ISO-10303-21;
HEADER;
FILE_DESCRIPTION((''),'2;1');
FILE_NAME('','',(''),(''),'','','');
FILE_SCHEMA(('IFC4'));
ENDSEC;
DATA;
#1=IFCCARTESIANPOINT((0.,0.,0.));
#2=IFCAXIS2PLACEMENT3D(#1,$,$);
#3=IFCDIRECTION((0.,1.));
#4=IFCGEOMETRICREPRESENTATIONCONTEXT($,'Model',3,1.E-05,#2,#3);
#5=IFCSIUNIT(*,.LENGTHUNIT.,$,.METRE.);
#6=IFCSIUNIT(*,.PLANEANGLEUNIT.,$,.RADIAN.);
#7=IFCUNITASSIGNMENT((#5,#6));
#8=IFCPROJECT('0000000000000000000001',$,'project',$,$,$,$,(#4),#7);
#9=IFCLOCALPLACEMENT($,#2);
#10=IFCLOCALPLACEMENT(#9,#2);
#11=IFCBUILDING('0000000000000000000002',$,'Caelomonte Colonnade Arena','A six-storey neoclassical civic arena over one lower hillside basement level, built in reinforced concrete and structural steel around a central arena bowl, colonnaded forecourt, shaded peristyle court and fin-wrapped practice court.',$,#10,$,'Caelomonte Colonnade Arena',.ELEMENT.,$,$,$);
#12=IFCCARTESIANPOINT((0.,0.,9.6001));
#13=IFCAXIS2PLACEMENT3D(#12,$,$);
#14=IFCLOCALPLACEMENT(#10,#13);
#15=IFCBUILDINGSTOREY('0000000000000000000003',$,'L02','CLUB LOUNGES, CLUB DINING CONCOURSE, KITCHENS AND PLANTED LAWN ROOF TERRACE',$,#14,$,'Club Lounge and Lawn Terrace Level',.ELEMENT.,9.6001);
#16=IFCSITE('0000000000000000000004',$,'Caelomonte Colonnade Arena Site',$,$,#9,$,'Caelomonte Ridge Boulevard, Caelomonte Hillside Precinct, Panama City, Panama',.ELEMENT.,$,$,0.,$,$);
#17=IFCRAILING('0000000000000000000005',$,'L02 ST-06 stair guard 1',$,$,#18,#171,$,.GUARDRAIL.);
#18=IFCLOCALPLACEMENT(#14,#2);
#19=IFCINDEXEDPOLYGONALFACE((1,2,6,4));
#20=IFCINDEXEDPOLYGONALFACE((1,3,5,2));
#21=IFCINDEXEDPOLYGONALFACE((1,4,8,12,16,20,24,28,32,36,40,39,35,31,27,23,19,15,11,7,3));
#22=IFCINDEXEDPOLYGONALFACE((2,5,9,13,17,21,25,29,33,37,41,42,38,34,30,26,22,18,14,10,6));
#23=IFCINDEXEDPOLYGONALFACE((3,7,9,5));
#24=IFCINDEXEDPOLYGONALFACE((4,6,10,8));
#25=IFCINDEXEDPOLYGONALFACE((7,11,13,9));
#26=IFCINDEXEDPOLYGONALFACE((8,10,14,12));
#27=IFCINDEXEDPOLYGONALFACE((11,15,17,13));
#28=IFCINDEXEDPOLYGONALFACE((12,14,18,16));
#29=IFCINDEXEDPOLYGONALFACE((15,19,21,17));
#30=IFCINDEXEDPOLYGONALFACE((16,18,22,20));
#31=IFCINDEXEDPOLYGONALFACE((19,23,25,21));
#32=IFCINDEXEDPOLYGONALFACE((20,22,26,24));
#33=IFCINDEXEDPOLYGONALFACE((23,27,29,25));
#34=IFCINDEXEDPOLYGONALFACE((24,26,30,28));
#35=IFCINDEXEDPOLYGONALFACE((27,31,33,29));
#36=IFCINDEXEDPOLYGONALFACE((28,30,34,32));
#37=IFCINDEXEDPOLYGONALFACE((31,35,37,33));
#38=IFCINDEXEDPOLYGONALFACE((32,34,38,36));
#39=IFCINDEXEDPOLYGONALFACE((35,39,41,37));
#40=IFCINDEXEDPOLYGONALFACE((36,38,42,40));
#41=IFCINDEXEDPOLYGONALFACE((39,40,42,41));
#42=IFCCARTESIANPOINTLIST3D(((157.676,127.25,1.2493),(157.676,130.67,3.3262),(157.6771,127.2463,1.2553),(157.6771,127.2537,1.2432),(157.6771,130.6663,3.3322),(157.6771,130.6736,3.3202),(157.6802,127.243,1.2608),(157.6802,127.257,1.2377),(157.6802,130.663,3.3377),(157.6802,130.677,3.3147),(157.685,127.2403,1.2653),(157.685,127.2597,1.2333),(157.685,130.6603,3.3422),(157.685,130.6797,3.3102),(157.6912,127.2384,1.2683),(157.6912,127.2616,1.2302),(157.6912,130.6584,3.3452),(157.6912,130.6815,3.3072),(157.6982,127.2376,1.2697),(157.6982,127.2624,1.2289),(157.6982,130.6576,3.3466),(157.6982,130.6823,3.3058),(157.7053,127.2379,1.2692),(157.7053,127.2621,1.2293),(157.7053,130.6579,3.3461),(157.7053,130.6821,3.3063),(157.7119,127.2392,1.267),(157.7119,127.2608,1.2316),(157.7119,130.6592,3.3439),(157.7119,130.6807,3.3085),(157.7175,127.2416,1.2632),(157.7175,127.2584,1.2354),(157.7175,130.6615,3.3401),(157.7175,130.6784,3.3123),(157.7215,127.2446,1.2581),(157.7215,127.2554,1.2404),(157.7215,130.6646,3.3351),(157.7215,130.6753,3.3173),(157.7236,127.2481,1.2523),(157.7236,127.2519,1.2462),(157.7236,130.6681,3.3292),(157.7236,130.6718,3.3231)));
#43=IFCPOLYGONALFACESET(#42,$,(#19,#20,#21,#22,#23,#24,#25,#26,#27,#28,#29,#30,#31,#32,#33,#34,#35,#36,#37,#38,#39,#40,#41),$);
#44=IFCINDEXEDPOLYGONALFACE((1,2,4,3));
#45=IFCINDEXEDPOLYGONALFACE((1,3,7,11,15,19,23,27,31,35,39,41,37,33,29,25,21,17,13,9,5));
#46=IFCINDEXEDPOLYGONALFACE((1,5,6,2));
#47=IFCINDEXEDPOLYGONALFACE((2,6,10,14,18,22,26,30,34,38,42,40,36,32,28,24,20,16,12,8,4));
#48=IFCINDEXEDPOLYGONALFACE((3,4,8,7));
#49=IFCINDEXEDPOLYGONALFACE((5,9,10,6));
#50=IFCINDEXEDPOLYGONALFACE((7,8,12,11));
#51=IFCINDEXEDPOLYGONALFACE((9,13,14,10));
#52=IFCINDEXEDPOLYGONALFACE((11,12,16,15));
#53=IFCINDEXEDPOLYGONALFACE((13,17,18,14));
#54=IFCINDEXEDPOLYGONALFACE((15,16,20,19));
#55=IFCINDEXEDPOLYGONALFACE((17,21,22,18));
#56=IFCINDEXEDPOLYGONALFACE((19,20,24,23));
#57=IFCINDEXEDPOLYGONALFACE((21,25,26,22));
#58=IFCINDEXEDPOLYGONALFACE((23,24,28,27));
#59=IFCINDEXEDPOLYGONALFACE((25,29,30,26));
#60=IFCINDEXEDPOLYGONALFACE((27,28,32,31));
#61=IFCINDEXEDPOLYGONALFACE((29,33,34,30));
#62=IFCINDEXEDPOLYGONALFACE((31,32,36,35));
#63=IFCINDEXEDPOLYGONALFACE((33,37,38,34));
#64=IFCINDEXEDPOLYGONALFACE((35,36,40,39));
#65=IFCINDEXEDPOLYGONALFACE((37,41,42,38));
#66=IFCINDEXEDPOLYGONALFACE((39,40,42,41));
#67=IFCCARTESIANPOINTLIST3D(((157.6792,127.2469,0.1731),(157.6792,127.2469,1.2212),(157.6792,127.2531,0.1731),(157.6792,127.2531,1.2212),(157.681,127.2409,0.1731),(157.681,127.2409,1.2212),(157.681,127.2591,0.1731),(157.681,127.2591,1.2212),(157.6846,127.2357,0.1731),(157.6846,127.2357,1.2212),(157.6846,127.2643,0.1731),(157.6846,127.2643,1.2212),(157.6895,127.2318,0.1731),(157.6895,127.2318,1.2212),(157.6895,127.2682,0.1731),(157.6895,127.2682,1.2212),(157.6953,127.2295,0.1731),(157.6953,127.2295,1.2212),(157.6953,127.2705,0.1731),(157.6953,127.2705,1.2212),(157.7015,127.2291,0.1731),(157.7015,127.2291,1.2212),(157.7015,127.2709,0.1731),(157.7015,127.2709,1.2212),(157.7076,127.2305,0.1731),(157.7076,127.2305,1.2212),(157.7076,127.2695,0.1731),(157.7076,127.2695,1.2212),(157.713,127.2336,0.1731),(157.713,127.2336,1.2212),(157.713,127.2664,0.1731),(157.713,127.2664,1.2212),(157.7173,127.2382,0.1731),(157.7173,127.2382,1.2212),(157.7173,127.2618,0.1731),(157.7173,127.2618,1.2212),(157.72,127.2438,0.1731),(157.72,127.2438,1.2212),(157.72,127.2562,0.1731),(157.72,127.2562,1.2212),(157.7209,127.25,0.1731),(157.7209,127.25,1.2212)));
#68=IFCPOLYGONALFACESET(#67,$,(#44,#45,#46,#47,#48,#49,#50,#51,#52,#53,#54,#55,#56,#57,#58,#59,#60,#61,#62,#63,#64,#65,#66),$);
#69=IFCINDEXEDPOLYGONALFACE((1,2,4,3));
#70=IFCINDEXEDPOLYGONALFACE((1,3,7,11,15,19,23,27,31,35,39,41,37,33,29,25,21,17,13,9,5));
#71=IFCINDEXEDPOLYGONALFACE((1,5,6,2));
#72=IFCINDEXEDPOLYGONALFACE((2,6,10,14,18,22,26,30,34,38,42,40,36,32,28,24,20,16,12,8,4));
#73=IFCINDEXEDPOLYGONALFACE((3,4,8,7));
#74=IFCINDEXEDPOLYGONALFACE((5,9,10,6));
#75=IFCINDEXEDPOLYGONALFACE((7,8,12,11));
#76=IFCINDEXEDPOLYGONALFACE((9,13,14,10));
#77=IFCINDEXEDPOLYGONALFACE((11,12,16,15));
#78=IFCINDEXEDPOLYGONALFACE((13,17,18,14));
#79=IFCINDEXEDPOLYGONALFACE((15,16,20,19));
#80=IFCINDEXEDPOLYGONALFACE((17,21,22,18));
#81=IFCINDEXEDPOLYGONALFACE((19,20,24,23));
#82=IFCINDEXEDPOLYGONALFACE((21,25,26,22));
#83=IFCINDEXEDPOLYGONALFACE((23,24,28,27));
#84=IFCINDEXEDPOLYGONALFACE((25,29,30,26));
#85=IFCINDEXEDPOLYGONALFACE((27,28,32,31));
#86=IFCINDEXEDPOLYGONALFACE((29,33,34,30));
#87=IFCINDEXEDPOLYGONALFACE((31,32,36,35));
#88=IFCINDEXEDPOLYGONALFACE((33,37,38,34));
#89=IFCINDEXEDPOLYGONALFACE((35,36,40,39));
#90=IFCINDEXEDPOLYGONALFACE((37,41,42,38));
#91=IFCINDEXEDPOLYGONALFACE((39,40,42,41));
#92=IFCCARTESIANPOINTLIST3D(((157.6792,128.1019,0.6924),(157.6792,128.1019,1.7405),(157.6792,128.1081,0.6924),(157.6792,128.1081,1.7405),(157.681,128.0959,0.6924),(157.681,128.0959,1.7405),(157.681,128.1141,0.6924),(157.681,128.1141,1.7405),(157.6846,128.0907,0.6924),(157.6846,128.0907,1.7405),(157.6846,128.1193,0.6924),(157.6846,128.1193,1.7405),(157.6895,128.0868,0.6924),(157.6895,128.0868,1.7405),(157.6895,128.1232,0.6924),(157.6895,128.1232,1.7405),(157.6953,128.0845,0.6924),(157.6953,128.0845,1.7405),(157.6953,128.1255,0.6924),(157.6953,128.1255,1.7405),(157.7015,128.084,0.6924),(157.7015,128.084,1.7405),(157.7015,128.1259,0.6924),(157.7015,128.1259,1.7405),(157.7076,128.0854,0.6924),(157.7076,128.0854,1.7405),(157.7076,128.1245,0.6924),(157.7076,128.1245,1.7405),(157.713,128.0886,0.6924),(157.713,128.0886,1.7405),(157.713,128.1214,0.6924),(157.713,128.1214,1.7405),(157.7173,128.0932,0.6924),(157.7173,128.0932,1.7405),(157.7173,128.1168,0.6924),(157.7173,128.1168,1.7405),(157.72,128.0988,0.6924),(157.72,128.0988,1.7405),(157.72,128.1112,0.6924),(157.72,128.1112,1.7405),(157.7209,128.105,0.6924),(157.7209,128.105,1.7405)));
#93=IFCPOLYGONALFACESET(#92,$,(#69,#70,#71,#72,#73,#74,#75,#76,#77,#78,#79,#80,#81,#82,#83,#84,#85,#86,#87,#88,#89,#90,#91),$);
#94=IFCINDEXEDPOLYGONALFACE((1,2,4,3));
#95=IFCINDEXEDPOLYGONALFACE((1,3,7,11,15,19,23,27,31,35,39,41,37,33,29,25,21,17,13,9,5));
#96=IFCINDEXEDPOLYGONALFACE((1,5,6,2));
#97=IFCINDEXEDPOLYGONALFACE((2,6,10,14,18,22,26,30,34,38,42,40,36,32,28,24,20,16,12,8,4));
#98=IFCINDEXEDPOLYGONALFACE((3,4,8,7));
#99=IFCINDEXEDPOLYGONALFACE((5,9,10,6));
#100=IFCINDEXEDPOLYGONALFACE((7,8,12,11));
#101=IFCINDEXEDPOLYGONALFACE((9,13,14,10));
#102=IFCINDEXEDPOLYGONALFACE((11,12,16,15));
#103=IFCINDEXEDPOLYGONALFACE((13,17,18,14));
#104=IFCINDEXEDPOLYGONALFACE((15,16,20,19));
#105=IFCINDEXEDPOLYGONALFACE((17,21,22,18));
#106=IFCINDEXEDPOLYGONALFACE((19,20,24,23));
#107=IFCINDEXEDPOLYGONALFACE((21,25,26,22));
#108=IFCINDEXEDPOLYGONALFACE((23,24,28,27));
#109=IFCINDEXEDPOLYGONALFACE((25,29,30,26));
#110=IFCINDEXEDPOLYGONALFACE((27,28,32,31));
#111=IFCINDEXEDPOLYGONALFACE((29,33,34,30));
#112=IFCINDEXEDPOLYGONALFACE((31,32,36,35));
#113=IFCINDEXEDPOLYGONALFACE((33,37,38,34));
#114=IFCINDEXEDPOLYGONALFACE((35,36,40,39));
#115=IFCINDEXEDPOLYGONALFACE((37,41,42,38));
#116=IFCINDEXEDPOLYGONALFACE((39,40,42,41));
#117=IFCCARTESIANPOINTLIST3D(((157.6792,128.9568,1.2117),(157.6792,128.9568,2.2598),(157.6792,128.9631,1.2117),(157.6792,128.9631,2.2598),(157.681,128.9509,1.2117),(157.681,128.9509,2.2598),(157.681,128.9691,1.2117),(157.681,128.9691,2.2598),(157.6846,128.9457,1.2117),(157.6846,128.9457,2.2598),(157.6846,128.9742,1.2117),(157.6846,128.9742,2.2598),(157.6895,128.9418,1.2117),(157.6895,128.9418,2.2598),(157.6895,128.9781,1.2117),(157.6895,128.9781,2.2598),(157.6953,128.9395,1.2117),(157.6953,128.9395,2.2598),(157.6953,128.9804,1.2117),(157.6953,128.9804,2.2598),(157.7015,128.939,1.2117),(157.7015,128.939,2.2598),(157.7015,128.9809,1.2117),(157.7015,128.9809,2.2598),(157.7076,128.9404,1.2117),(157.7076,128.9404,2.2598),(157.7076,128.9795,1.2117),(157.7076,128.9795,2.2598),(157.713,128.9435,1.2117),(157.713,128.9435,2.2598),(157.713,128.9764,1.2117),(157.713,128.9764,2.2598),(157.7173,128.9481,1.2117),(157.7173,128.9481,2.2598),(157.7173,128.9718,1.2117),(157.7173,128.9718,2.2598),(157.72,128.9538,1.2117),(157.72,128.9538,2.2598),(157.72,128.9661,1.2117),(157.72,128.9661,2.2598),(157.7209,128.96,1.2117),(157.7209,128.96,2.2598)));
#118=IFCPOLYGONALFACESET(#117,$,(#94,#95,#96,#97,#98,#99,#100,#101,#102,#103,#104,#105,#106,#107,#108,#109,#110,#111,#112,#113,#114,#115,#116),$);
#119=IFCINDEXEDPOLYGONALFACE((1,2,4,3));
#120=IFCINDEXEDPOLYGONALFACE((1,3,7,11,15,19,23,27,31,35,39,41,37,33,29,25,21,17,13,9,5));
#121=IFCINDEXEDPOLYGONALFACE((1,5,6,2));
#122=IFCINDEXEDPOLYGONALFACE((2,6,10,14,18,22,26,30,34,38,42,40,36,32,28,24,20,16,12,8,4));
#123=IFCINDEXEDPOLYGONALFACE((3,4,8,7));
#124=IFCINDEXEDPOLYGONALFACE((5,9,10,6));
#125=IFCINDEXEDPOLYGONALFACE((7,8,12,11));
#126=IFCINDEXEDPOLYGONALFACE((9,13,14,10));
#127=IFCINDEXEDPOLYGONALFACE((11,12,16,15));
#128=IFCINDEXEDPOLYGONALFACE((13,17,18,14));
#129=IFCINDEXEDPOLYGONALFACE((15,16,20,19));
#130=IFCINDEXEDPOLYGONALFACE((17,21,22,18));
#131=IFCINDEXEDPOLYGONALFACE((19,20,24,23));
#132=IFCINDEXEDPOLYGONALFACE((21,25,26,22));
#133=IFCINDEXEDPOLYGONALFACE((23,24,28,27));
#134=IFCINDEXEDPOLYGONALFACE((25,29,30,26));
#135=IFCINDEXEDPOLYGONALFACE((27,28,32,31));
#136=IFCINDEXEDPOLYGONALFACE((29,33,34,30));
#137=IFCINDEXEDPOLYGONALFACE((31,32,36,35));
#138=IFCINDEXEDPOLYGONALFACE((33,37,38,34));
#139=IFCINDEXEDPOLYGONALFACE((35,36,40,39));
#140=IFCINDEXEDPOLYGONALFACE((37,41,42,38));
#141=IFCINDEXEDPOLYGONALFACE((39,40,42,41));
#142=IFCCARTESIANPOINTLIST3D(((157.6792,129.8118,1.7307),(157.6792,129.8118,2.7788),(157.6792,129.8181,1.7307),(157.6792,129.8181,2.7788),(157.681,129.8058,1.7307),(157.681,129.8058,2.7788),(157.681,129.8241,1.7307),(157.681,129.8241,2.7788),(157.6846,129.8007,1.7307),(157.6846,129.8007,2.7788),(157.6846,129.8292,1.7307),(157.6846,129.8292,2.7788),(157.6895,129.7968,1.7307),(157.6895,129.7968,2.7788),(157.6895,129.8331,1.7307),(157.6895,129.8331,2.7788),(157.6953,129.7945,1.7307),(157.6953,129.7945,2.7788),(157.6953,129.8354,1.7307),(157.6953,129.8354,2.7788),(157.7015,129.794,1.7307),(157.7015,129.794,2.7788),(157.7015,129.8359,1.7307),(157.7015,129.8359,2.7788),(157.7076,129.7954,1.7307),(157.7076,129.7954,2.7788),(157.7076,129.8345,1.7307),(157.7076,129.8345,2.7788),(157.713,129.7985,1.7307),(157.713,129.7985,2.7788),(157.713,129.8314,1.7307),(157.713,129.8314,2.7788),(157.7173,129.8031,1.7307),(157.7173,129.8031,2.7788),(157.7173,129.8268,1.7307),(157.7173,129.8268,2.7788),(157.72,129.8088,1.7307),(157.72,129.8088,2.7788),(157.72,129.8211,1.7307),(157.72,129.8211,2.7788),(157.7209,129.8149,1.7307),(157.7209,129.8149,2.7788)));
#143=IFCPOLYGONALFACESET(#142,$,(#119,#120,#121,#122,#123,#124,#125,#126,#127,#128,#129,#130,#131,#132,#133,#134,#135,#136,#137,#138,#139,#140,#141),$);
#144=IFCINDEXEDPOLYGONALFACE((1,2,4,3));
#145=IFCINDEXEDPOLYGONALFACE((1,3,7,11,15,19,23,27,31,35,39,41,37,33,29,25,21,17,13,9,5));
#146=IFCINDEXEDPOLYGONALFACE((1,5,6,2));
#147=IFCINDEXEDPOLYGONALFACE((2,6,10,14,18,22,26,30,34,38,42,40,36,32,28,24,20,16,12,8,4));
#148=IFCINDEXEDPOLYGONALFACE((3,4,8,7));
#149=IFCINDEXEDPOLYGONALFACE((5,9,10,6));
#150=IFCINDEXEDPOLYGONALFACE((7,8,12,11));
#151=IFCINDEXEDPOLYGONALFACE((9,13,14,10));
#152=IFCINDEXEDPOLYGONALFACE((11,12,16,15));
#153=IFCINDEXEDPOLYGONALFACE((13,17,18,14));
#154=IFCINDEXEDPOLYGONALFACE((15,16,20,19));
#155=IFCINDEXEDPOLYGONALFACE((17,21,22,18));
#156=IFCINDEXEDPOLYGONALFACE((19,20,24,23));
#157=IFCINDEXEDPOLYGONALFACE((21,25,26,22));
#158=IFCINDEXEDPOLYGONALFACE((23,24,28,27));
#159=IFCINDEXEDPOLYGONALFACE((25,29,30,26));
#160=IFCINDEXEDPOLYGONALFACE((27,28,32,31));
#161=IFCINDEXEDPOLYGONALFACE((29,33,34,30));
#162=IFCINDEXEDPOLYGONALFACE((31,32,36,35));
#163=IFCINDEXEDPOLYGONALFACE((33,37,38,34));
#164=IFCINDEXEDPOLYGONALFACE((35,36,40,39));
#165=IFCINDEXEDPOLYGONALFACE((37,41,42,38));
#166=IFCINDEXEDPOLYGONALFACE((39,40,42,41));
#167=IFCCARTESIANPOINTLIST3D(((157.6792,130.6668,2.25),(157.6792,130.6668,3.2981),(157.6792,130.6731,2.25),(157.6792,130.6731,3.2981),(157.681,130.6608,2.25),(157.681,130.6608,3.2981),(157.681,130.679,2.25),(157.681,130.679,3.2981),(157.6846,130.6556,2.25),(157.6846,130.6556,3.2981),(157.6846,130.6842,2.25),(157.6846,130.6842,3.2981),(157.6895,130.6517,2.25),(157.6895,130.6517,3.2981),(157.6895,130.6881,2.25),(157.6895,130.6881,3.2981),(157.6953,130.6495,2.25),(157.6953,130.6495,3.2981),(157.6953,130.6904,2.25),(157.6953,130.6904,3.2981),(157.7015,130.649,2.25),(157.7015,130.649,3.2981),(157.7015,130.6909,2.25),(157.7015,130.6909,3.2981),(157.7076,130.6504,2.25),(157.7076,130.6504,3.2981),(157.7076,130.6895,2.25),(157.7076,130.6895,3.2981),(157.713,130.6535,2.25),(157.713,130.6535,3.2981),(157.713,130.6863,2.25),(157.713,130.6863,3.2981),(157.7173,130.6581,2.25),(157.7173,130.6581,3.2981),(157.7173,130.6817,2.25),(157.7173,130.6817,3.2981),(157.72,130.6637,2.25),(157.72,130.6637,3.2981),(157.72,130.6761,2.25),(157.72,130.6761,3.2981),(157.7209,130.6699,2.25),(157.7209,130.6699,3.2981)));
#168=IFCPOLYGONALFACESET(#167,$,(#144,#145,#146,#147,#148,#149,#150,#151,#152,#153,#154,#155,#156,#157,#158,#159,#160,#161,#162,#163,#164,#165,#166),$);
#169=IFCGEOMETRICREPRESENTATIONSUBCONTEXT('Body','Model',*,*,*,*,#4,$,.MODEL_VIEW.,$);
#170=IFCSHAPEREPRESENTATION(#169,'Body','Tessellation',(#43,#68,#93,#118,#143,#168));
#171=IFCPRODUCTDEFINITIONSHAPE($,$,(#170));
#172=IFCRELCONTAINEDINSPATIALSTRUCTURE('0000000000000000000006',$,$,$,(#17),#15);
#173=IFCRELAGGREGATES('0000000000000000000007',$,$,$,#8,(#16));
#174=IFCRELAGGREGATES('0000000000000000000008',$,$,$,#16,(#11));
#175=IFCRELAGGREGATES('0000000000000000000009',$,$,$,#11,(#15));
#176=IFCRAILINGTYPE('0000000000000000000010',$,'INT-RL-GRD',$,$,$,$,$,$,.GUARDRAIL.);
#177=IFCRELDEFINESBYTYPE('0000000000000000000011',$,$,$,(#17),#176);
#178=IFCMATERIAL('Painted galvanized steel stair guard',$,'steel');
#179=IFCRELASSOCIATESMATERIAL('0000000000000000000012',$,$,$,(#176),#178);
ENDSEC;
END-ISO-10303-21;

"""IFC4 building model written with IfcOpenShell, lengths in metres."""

from ifc_helpers import new_model, si_unit, direction, frame, origin, origin_2d, place, context, subcontext, project, spatial, circle, extrude, material, type_object, element, save


model = new_model("IFC4")

# Units and contexts
model_context = context("Model", 3, precision=1e-05, world=origin(), true_north=direction((0.0, 1.0)))
body_context = subcontext(model_context, "Body", "Model", "MODEL_VIEW")
ifc_project = project(units=[si_unit("LENGTHUNIT", "METRE"), si_unit("PLANEANGLEUNIT", "RADIAN")], contexts=[model_context])

# Site, building, storey
site_placement = place(None, origin())
site = spatial("IfcSite", under=ifc_project, at=site_placement, Name="Caelomonte Colonnade Arena Site", LongName="Caelomonte Ridge Boulevard, Caelomonte Hillside Precinct, Panama City, Panama", CompositionType="ELEMENT", RefElevation=0.0)
building_placement = place(site_placement, origin())
building = spatial("IfcBuilding", under=site, at=building_placement, Name="Caelomonte Colonnade Arena", Description="A six-storey neoclassical civic arena over one lower hillside basement level, built in reinforced concrete and structural steel around a central arena bowl, colonnaded forecourt, shaded peristyle court and fin-wrapped practice court.", LongName="Caelomonte Colonnade Arena", CompositionType="ELEMENT")
storey_placement = place(building_placement, frame((0.0, 0.0, 9.6001)))
storey = spatial("IfcBuildingStorey", under=building, at=storey_placement, Name="L02", Description="CLUB LOUNGES, CLUB DINING CONCOURSE, KITCHENS AND PLANTED LAWN ROOF TERRACE", LongName="Club Lounge and Lawn Terrace Level", CompositionType="ELEMENT", Elevation=9.6001)

# Railing
ifc_material_1 = material(Name="Painted galvanized steel stair guard", Category="steel")
railing_type_1 = type_object("IfcRailingType", Name="INT-RL-GRD", PredefinedType="GUARDRAIL", material=ifc_material_1)
railing_1_placement = place(storey_placement, frame((157.7, 127.25, 0.1731)))
element("IfcRailing", 1, at=railing_1_placement, inside=storey, type_object=railing_type_1, Name="L02 ST-06 stair guard 1", PredefinedType="GUARDRAIL", context=body_context, shape_type="SweptSolid", body=[
    extrude(circle(Radius=0.0239, at=origin_2d()), frame((0.0, 0.0, 1.0762), z_axis=(0.0, 0.85473, 0.519074), x_axis=(-1.0, 0.0, 0.0)), (0.0, 0.0, 1.0), 4.0012),
    extrude(circle(Radius=0.021, at=origin_2d()), origin(), (0.0, 0.0, 1.0), 1.0481),
    extrude(circle(Radius=0.021, at=origin_2d()), frame((0.0, 0.855, 0.5193)), (0.0, 0.0, 1.0), 1.0481),
    extrude(circle(Radius=0.021, at=origin_2d()), frame((0.0, 1.71, 1.0386)), (0.0, 0.0, 1.0), 1.0481),
    extrude(circle(Radius=0.021, at=origin_2d()), frame((0.0, 2.5649, 1.5576)), (0.0, 0.0, 1.0), 1.0481),
    extrude(circle(Radius=0.021, at=origin_2d()), frame((0.0, 3.4199, 2.0769)), (0.0, 0.0, 1.0), 1.0481),
])

save(model, "model.ifc")
